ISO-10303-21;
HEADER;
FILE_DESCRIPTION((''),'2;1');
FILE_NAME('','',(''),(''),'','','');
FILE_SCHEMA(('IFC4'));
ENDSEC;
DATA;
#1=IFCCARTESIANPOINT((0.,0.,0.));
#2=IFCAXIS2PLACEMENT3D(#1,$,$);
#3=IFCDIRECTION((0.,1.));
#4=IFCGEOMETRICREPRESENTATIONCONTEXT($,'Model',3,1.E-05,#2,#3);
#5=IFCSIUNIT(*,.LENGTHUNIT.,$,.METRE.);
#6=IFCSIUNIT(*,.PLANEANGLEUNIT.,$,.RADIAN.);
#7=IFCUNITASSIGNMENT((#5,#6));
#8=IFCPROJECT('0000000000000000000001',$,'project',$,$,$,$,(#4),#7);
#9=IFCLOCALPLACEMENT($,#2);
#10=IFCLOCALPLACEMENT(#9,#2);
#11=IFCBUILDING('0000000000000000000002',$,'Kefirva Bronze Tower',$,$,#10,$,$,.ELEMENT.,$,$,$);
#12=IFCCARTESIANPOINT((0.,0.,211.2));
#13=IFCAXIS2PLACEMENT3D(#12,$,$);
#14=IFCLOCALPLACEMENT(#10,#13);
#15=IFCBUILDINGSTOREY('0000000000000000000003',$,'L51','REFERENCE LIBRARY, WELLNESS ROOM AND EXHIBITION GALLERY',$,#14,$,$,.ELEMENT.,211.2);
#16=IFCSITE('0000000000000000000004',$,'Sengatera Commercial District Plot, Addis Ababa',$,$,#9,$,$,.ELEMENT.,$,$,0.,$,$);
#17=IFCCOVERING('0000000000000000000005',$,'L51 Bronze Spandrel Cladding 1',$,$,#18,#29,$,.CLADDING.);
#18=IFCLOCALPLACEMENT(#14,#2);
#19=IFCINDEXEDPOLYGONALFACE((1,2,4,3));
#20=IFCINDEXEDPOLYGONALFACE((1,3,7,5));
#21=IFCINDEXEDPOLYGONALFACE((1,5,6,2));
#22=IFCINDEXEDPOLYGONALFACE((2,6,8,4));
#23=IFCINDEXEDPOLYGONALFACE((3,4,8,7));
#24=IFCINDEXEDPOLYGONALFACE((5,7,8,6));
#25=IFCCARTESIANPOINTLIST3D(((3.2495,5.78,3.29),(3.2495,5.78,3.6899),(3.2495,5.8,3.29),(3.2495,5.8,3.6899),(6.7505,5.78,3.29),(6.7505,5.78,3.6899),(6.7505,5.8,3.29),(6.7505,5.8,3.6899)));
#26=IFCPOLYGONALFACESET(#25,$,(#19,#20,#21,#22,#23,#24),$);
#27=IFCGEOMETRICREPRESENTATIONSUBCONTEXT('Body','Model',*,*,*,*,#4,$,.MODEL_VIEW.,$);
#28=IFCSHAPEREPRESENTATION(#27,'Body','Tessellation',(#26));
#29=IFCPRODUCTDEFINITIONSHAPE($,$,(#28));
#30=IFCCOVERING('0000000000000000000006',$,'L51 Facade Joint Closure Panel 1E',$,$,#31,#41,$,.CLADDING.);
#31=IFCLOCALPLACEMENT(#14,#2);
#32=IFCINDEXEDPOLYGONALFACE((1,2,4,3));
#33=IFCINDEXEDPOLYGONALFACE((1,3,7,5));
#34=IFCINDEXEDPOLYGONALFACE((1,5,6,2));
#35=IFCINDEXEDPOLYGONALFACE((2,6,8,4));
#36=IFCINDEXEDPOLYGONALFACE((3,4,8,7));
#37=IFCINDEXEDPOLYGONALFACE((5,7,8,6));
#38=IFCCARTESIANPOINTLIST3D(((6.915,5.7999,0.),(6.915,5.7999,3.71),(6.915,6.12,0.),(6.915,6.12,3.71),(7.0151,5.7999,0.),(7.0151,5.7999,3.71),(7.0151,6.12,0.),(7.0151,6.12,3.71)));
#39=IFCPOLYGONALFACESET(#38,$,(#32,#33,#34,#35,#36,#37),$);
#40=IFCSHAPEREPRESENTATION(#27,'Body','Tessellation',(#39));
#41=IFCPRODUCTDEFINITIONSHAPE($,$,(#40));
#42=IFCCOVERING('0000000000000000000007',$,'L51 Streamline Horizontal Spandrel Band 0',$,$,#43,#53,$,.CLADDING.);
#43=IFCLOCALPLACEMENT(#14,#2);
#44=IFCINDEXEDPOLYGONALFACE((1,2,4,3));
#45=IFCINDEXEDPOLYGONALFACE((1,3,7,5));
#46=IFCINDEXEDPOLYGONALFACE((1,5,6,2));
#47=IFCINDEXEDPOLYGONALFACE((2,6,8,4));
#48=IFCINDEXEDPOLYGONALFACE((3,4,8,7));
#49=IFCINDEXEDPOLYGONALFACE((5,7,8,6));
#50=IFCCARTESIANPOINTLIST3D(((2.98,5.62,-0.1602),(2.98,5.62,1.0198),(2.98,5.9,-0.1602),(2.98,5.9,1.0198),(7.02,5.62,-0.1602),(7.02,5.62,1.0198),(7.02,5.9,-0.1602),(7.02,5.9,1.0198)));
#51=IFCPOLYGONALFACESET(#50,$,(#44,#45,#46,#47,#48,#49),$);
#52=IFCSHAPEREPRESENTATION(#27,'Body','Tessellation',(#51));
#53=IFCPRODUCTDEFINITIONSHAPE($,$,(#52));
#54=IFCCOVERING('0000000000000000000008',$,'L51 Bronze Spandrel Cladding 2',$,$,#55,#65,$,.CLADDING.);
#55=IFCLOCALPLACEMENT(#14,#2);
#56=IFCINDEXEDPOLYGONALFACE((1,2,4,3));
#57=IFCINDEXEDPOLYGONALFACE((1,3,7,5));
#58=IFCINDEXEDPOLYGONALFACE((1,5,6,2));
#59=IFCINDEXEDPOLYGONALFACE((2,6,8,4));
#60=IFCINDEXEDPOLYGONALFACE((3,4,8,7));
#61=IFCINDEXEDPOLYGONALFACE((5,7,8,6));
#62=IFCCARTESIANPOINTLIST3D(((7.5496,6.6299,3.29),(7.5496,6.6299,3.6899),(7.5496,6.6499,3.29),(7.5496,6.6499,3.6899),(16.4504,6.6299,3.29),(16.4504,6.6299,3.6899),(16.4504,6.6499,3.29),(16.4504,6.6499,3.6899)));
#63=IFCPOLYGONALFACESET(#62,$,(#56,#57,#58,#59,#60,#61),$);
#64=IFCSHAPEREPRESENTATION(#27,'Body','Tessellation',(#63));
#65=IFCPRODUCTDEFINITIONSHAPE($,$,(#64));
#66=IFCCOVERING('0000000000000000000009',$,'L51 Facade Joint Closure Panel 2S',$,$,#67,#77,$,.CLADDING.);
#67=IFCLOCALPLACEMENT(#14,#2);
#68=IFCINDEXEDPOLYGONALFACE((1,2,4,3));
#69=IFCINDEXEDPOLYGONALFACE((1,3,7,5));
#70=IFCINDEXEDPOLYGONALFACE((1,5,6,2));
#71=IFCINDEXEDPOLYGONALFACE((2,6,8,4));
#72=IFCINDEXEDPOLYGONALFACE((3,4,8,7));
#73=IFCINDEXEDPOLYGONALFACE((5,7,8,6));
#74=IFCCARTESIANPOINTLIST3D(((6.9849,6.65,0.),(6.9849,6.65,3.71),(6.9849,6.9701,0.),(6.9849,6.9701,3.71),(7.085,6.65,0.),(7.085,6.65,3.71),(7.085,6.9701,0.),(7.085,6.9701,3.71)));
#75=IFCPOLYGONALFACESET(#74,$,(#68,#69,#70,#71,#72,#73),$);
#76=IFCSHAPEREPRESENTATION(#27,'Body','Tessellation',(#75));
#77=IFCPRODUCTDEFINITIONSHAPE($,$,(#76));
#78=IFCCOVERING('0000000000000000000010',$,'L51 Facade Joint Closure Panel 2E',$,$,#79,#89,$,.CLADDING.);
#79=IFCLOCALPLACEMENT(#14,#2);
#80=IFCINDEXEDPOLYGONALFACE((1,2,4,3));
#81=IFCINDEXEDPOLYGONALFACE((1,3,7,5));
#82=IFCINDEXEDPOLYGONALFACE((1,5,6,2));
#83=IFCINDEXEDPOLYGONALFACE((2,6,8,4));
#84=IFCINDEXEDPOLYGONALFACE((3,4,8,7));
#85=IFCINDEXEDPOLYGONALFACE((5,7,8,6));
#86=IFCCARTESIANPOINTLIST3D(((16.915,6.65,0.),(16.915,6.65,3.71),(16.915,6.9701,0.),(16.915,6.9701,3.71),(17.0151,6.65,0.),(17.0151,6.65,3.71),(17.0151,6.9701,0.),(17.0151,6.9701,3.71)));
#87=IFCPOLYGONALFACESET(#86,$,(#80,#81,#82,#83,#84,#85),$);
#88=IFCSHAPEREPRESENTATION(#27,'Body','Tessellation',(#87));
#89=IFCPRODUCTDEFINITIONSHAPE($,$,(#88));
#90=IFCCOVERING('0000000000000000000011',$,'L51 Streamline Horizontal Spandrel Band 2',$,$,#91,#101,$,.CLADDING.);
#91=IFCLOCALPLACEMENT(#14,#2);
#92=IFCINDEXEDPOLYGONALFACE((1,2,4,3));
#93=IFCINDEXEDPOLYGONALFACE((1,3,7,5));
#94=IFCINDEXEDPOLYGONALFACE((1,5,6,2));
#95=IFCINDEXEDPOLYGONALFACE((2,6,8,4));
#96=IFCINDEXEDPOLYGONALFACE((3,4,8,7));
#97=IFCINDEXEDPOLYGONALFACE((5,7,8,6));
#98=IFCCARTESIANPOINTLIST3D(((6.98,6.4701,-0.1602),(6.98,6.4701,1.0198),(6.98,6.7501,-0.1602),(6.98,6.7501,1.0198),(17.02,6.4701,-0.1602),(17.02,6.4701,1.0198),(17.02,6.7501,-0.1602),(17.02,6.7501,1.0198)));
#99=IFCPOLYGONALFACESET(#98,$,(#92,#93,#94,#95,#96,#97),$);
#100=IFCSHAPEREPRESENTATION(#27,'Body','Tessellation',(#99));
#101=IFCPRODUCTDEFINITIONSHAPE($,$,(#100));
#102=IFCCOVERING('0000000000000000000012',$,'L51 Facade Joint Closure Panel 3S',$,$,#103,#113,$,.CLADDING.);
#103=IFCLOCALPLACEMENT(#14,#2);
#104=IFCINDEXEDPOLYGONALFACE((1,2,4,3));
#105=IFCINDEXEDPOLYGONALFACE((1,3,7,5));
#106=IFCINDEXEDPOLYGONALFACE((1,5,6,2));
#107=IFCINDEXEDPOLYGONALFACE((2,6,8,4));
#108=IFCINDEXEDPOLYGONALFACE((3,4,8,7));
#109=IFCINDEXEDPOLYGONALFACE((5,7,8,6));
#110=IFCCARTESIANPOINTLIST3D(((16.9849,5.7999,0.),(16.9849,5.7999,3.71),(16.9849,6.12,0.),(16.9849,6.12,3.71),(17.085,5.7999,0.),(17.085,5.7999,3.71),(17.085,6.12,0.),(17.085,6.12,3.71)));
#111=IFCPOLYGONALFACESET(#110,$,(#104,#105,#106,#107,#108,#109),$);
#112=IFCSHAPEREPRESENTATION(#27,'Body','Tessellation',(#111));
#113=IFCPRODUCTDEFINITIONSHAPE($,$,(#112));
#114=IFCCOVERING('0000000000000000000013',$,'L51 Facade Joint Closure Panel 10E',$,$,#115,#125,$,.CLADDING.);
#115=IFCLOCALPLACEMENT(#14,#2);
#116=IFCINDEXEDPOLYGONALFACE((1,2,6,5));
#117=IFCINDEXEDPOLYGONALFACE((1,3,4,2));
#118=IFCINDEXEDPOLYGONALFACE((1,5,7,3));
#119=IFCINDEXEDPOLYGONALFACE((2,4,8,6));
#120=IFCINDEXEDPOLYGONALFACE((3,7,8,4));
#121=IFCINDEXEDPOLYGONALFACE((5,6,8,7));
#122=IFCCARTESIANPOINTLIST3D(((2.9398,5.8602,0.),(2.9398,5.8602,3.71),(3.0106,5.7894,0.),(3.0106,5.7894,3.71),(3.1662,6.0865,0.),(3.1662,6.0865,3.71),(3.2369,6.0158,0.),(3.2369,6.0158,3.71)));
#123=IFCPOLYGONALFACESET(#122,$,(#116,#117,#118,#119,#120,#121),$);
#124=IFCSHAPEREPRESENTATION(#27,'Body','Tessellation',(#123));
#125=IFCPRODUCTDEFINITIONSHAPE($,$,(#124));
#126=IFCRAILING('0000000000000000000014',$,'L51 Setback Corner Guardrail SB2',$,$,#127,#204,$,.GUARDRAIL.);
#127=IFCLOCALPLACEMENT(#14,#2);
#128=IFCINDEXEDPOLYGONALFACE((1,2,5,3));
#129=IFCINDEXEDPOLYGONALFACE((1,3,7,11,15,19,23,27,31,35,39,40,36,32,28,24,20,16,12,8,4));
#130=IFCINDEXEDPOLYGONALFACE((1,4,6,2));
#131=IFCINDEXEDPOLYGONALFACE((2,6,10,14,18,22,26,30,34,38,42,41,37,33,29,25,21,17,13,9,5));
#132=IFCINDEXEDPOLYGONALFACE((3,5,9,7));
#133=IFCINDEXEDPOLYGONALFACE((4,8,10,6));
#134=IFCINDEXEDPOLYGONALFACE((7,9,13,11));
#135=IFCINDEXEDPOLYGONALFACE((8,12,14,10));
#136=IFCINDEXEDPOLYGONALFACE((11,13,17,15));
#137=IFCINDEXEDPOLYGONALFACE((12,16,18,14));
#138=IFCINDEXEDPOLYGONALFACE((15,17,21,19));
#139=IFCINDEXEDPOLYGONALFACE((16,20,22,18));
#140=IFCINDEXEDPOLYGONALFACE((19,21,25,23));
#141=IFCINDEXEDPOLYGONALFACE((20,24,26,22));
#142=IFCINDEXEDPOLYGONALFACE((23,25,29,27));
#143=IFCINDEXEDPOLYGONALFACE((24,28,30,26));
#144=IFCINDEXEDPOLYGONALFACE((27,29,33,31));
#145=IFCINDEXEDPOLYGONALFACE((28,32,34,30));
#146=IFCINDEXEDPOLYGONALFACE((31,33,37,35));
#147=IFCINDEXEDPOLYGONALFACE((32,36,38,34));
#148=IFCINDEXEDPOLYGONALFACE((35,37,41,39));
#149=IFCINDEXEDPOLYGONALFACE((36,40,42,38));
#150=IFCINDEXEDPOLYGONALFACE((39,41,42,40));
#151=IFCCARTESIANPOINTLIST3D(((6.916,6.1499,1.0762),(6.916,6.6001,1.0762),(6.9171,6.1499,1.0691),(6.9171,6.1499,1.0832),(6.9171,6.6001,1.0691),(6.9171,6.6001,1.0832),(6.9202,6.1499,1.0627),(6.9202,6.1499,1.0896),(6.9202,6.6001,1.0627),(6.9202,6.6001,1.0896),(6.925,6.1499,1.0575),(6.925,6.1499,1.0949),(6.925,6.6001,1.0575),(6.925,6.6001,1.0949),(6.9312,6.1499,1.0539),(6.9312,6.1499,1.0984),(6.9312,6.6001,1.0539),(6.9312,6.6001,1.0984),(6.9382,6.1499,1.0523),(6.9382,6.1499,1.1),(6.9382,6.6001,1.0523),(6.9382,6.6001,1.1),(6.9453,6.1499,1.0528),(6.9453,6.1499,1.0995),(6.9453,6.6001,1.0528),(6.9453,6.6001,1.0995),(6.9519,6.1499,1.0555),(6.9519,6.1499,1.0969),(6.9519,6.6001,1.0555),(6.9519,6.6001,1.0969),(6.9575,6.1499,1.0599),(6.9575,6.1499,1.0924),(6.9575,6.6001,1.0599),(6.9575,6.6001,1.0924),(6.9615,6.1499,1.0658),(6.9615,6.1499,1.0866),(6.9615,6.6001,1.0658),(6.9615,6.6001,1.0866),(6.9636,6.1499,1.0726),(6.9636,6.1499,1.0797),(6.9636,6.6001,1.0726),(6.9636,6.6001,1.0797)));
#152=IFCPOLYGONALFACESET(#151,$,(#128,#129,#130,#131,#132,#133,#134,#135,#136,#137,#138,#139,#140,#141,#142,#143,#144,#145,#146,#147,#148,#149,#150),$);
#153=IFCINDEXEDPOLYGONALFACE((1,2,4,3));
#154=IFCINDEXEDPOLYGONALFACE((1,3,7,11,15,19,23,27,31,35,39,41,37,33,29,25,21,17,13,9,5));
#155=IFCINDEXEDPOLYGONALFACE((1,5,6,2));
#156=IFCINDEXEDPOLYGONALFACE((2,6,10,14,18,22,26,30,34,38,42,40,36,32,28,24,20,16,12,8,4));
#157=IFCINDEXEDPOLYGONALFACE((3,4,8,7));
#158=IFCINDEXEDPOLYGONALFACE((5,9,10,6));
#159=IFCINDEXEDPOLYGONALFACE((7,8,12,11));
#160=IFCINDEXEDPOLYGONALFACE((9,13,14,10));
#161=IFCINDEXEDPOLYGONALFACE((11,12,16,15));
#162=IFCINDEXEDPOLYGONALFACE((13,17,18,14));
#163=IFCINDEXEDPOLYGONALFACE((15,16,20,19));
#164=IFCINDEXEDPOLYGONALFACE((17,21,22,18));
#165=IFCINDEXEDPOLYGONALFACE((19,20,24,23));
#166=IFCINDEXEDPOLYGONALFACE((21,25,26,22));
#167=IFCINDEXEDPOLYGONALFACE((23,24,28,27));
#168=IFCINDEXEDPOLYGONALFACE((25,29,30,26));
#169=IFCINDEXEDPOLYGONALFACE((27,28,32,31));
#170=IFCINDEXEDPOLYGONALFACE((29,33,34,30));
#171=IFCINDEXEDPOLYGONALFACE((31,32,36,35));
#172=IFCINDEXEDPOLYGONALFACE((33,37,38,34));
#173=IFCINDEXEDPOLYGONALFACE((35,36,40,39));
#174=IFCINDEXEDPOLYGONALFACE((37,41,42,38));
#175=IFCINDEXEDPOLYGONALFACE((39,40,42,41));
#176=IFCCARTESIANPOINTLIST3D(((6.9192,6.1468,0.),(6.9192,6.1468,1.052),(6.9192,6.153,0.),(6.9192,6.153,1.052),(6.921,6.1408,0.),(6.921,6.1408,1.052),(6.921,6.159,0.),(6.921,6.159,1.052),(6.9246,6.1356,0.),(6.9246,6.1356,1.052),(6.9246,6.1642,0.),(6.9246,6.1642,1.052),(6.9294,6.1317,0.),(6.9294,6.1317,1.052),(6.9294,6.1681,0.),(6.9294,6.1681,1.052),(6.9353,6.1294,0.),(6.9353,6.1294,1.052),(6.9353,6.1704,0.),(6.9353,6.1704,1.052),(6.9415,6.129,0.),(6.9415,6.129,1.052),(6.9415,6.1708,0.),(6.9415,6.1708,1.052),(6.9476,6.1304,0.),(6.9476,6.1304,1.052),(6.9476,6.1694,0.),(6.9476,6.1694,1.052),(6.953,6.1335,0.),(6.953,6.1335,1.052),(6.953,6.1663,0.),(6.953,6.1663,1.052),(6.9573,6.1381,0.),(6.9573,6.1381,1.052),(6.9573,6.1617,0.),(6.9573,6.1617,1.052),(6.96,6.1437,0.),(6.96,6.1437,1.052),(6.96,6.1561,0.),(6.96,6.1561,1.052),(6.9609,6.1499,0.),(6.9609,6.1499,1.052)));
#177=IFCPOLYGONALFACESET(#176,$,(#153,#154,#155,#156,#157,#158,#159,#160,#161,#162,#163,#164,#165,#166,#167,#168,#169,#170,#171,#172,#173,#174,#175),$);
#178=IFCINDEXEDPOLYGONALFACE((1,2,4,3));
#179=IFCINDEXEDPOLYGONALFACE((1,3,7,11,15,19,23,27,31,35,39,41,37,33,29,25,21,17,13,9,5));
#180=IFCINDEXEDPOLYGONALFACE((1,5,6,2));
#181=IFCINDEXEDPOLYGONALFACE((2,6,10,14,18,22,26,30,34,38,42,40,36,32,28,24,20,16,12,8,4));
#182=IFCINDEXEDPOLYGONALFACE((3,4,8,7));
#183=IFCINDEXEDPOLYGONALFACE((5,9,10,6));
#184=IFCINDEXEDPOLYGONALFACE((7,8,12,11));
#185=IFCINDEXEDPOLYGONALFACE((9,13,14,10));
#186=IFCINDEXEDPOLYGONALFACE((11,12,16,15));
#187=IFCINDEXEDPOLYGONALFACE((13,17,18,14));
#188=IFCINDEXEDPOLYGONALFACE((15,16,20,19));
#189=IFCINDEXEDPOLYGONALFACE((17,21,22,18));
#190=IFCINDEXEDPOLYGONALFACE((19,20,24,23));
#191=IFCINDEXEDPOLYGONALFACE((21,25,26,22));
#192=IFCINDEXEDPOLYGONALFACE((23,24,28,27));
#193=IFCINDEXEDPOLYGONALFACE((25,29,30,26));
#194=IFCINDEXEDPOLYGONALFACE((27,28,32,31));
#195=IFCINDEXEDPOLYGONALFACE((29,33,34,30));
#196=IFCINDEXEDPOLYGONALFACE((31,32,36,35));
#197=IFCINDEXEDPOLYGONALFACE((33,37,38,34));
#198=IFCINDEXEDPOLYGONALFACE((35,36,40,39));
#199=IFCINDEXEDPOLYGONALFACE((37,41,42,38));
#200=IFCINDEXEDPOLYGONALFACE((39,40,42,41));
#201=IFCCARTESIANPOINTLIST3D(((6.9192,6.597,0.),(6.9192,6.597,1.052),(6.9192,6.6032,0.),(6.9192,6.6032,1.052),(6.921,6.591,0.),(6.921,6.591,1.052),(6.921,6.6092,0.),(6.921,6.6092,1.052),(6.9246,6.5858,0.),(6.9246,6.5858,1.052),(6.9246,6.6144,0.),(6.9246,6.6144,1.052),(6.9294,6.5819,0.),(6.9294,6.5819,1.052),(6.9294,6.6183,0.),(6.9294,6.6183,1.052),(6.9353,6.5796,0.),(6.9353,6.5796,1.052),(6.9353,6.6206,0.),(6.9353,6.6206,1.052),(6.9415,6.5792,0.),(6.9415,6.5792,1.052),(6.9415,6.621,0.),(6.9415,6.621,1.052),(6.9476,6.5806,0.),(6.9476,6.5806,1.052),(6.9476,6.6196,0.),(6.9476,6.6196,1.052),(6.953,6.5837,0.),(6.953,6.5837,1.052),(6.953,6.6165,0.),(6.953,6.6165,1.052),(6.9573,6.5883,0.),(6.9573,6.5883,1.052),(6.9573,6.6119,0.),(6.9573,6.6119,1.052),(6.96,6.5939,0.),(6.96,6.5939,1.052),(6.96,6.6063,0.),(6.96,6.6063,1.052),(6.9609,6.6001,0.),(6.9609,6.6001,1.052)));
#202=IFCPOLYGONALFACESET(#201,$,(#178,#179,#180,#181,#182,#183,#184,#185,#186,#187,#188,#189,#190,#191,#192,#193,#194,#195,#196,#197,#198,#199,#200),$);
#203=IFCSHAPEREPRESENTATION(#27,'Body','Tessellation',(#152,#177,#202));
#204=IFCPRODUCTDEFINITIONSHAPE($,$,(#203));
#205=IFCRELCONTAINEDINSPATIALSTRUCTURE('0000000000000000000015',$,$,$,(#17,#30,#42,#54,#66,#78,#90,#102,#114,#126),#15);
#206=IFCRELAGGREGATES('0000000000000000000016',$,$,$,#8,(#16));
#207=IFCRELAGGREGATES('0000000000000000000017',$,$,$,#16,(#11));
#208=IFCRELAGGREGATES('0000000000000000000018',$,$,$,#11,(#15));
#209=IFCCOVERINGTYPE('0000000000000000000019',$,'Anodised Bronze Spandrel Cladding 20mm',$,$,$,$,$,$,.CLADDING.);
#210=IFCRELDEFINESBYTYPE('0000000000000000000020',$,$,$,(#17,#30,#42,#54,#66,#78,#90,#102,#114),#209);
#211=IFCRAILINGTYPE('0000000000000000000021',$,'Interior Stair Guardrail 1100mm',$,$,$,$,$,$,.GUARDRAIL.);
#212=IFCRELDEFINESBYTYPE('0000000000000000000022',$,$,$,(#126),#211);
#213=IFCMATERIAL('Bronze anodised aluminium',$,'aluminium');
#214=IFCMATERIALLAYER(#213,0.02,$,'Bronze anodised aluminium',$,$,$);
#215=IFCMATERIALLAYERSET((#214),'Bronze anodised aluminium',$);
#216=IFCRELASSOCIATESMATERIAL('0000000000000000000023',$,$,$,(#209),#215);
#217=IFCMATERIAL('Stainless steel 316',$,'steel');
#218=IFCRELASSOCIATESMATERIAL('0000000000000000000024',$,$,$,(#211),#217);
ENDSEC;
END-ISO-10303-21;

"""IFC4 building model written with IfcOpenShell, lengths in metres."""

from ifc_helpers import new_model, si_unit, direction, frame, origin, origin_2d, place, context, subcontext, project, spatial, rectangle, circle, extrude, material, layer, layer_set, type_object, element, save


model = new_model("IFC4")

# Units and contexts
model_context = context("Model", 3, precision=1e-05, world=origin(), true_north=direction((0.0, 1.0)))
body_context = subcontext(model_context, "Body", "Model", "MODEL_VIEW")
ifc_project = project(units=[si_unit("LENGTHUNIT", "METRE"), si_unit("PLANEANGLEUNIT", "RADIAN")], contexts=[model_context])

# Site, building, storey
site_placement = place(None, origin())
site = spatial("IfcSite", under=ifc_project, at=site_placement, Name="Sengatera Commercial District Plot, Addis Ababa", CompositionType="ELEMENT", RefElevation=0.0)
building_placement = place(site_placement, origin())
building = spatial("IfcBuilding", under=site, at=building_placement, Name="Kefirva Bronze Tower", CompositionType="ELEMENT")
storey_placement = place(building_placement, frame((0.0, 0.0, 211.2)))
storey = spatial("IfcBuildingStorey", under=building, at=storey_placement, Name="L51", Description="REFERENCE LIBRARY, WELLNESS ROOM AND EXHIBITION GALLERY", CompositionType="ELEMENT", Elevation=211.2)

# Coverings
ifc_material_1 = material(Name="Bronze anodised aluminium", Category="aluminium")
ifc_layer_1 = layer(ifc_material_1, 0.02, Name="Bronze anodised aluminium")
ifc_layer_set_1 = layer_set([ifc_layer_1], Name="Bronze anodised aluminium")
covering_type_1 = type_object("IfcCoveringType", Name="Anodised Bronze Spandrel Cladding 20mm", PredefinedType="CLADDING", material=ifc_layer_set_1)
covering_1_placement = place(storey_placement, frame((5.0, 5.79, 3.29), z_axis=(0.0, 0.0, 1.0), x_axis=(1.0, 0.0, 0.0)))
element("IfcCovering", 1, at=covering_1_placement, inside=storey, type_object=covering_type_1, Name="L51 Bronze Spandrel Cladding 1", PredefinedType="CLADDING", context=body_context, shape_type="SweptSolid", body=[
    extrude(rectangle(XDim=3.501, YDim=0.02, at=origin_2d()), origin(), (0.0, 0.0, 1.0), 0.3999),
])
covering_2_placement = place(storey_placement, frame((6.9651, 5.96, 0.0), z_axis=(0.0, 0.0, 1.0), x_axis=(1.0, 0.0, 0.0)))
element("IfcCovering", 2, at=covering_2_placement, inside=storey, type_object=covering_type_1, Name="L51 Facade Joint Closure Panel 1E", PredefinedType="CLADDING", context=body_context, shape_type="SweptSolid", body=[
    extrude(rectangle(XDim=0.1001, YDim=0.3201, at=origin_2d()), origin(), (0.0, 0.0, 1.0), 3.71),
])
covering_3_placement = place(storey_placement, frame((5.0, 5.76, -0.1602), z_axis=(0.0, 0.0, 1.0), x_axis=(1.0, 0.0, 0.0)))
element("IfcCovering", 3, at=covering_3_placement, inside=storey, type_object=covering_type_1, Name="L51 Streamline Horizontal Spandrel Band 0", PredefinedType="CLADDING", context=body_context, shape_type="SweptSolid", body=[
    extrude(rectangle(XDim=4.04, YDim=0.28, at=origin_2d()), origin(), (0.0, 0.0, 1.0), 1.1799),
])
covering_4_placement = place(storey_placement, frame((12.0, 6.6399, 3.29), z_axis=(0.0, 0.0, 1.0), x_axis=(1.0, 0.0, 0.0)))
element("IfcCovering", 4, at=covering_4_placement, inside=storey, type_object=covering_type_1, Name="L51 Bronze Spandrel Cladding 2", PredefinedType="CLADDING", context=body_context, shape_type="SweptSolid", body=[
    extrude(rectangle(XDim=8.9009, YDim=0.02, at=origin_2d()), origin(), (0.0, 0.0, 1.0), 0.3999),
])
for number, where, z_axis, x_axis, name in (
    (5, (7.0349, 6.8101, 0.0), (0.0, 0.0, 1.0), (1.0, 0.0, 0.0), "L51 Facade Joint Closure Panel 2S"),
    (6, (16.9651, 6.8101, 0.0), (0.0, 0.0, 1.0), (1.0, 0.0, 0.0), "L51 Facade Joint Closure Panel 2E"),
):
    element("IfcCovering", number, at=place(storey_placement, frame(where, z_axis=z_axis, x_axis=x_axis)), inside=storey, type_object=covering_type_1, Name=name, PredefinedType="CLADDING", context=body_context, shape_type="SweptSolid", body=[
        extrude(rectangle(XDim=0.1001, YDim=0.3201, at=origin_2d()), origin(), (0.0, 0.0, 1.0), 3.71),
    ])
covering_5_placement = place(storey_placement, frame((12.0, 6.6101, -0.1602), z_axis=(0.0, 0.0, 1.0), x_axis=(1.0, 0.0, 0.0)))
element("IfcCovering", 7, at=covering_5_placement, inside=storey, type_object=covering_type_1, Name="L51 Streamline Horizontal Spandrel Band 2", PredefinedType="CLADDING", context=body_context, shape_type="SweptSolid", body=[
    extrude(rectangle(XDim=10.04, YDim=0.28, at=origin_2d()), origin(), (0.0, 0.0, 1.0), 1.1799),
])
for number, where, z_axis, x_axis, name in (
    (8, (17.0349, 5.96, 0.0), (0.0, 0.0, 1.0), (1.0, 0.0, 0.0), "L51 Facade Joint Closure Panel 3S"),
    (9, (3.0884, 5.938, 0.0), (0.0, 0.0, 1.0), (0.707107, -0.707107, 0.0), "L51 Facade Joint Closure Panel 10E"),
):
    element("IfcCovering", number, at=place(storey_placement, frame(where, z_axis=z_axis, x_axis=x_axis)), inside=storey, type_object=covering_type_1, Name=name, PredefinedType="CLADDING", context=body_context, shape_type="SweptSolid", body=[
        extrude(rectangle(XDim=0.1001, YDim=0.3201, at=origin_2d()), origin(), (0.0, 0.0, 1.0), 3.71),
    ])

# Railing
ifc_material_2 = material(Name="Stainless steel 316", Category="steel")
railing_type = type_object("IfcRailingType", Name="Interior Stair Guardrail 1100mm", PredefinedType="GUARDRAIL", material=ifc_material_2)
railing_placement = place(storey_placement, frame((6.9399, 6.1499, 0.0)))
element("IfcRailing", 10, at=railing_placement, inside=storey, type_object=railing_type, Name="L51 Setback Corner Guardrail SB2", PredefinedType="GUARDRAIL", context=body_context, shape_type="SweptSolid", body=[
    extrude(circle(Radius=0.0239, at=origin_2d()), frame((0.0, 0.0, 1.0762), z_axis=(0.0, 1.0, 0.0), x_axis=(-1.0, 0.0, 0.0)), (0.0, 0.0, 1.0), 0.4502),
    extrude(circle(Radius=0.021, at=origin_2d()), origin(), (0.0, 0.0, 1.0), 1.052),
    extrude(circle(Radius=0.021, at=origin_2d()), frame((0.0, 0.4502, 0.0)), (0.0, 0.0, 1.0), 1.052),
])

save(model, "model.ifc")
